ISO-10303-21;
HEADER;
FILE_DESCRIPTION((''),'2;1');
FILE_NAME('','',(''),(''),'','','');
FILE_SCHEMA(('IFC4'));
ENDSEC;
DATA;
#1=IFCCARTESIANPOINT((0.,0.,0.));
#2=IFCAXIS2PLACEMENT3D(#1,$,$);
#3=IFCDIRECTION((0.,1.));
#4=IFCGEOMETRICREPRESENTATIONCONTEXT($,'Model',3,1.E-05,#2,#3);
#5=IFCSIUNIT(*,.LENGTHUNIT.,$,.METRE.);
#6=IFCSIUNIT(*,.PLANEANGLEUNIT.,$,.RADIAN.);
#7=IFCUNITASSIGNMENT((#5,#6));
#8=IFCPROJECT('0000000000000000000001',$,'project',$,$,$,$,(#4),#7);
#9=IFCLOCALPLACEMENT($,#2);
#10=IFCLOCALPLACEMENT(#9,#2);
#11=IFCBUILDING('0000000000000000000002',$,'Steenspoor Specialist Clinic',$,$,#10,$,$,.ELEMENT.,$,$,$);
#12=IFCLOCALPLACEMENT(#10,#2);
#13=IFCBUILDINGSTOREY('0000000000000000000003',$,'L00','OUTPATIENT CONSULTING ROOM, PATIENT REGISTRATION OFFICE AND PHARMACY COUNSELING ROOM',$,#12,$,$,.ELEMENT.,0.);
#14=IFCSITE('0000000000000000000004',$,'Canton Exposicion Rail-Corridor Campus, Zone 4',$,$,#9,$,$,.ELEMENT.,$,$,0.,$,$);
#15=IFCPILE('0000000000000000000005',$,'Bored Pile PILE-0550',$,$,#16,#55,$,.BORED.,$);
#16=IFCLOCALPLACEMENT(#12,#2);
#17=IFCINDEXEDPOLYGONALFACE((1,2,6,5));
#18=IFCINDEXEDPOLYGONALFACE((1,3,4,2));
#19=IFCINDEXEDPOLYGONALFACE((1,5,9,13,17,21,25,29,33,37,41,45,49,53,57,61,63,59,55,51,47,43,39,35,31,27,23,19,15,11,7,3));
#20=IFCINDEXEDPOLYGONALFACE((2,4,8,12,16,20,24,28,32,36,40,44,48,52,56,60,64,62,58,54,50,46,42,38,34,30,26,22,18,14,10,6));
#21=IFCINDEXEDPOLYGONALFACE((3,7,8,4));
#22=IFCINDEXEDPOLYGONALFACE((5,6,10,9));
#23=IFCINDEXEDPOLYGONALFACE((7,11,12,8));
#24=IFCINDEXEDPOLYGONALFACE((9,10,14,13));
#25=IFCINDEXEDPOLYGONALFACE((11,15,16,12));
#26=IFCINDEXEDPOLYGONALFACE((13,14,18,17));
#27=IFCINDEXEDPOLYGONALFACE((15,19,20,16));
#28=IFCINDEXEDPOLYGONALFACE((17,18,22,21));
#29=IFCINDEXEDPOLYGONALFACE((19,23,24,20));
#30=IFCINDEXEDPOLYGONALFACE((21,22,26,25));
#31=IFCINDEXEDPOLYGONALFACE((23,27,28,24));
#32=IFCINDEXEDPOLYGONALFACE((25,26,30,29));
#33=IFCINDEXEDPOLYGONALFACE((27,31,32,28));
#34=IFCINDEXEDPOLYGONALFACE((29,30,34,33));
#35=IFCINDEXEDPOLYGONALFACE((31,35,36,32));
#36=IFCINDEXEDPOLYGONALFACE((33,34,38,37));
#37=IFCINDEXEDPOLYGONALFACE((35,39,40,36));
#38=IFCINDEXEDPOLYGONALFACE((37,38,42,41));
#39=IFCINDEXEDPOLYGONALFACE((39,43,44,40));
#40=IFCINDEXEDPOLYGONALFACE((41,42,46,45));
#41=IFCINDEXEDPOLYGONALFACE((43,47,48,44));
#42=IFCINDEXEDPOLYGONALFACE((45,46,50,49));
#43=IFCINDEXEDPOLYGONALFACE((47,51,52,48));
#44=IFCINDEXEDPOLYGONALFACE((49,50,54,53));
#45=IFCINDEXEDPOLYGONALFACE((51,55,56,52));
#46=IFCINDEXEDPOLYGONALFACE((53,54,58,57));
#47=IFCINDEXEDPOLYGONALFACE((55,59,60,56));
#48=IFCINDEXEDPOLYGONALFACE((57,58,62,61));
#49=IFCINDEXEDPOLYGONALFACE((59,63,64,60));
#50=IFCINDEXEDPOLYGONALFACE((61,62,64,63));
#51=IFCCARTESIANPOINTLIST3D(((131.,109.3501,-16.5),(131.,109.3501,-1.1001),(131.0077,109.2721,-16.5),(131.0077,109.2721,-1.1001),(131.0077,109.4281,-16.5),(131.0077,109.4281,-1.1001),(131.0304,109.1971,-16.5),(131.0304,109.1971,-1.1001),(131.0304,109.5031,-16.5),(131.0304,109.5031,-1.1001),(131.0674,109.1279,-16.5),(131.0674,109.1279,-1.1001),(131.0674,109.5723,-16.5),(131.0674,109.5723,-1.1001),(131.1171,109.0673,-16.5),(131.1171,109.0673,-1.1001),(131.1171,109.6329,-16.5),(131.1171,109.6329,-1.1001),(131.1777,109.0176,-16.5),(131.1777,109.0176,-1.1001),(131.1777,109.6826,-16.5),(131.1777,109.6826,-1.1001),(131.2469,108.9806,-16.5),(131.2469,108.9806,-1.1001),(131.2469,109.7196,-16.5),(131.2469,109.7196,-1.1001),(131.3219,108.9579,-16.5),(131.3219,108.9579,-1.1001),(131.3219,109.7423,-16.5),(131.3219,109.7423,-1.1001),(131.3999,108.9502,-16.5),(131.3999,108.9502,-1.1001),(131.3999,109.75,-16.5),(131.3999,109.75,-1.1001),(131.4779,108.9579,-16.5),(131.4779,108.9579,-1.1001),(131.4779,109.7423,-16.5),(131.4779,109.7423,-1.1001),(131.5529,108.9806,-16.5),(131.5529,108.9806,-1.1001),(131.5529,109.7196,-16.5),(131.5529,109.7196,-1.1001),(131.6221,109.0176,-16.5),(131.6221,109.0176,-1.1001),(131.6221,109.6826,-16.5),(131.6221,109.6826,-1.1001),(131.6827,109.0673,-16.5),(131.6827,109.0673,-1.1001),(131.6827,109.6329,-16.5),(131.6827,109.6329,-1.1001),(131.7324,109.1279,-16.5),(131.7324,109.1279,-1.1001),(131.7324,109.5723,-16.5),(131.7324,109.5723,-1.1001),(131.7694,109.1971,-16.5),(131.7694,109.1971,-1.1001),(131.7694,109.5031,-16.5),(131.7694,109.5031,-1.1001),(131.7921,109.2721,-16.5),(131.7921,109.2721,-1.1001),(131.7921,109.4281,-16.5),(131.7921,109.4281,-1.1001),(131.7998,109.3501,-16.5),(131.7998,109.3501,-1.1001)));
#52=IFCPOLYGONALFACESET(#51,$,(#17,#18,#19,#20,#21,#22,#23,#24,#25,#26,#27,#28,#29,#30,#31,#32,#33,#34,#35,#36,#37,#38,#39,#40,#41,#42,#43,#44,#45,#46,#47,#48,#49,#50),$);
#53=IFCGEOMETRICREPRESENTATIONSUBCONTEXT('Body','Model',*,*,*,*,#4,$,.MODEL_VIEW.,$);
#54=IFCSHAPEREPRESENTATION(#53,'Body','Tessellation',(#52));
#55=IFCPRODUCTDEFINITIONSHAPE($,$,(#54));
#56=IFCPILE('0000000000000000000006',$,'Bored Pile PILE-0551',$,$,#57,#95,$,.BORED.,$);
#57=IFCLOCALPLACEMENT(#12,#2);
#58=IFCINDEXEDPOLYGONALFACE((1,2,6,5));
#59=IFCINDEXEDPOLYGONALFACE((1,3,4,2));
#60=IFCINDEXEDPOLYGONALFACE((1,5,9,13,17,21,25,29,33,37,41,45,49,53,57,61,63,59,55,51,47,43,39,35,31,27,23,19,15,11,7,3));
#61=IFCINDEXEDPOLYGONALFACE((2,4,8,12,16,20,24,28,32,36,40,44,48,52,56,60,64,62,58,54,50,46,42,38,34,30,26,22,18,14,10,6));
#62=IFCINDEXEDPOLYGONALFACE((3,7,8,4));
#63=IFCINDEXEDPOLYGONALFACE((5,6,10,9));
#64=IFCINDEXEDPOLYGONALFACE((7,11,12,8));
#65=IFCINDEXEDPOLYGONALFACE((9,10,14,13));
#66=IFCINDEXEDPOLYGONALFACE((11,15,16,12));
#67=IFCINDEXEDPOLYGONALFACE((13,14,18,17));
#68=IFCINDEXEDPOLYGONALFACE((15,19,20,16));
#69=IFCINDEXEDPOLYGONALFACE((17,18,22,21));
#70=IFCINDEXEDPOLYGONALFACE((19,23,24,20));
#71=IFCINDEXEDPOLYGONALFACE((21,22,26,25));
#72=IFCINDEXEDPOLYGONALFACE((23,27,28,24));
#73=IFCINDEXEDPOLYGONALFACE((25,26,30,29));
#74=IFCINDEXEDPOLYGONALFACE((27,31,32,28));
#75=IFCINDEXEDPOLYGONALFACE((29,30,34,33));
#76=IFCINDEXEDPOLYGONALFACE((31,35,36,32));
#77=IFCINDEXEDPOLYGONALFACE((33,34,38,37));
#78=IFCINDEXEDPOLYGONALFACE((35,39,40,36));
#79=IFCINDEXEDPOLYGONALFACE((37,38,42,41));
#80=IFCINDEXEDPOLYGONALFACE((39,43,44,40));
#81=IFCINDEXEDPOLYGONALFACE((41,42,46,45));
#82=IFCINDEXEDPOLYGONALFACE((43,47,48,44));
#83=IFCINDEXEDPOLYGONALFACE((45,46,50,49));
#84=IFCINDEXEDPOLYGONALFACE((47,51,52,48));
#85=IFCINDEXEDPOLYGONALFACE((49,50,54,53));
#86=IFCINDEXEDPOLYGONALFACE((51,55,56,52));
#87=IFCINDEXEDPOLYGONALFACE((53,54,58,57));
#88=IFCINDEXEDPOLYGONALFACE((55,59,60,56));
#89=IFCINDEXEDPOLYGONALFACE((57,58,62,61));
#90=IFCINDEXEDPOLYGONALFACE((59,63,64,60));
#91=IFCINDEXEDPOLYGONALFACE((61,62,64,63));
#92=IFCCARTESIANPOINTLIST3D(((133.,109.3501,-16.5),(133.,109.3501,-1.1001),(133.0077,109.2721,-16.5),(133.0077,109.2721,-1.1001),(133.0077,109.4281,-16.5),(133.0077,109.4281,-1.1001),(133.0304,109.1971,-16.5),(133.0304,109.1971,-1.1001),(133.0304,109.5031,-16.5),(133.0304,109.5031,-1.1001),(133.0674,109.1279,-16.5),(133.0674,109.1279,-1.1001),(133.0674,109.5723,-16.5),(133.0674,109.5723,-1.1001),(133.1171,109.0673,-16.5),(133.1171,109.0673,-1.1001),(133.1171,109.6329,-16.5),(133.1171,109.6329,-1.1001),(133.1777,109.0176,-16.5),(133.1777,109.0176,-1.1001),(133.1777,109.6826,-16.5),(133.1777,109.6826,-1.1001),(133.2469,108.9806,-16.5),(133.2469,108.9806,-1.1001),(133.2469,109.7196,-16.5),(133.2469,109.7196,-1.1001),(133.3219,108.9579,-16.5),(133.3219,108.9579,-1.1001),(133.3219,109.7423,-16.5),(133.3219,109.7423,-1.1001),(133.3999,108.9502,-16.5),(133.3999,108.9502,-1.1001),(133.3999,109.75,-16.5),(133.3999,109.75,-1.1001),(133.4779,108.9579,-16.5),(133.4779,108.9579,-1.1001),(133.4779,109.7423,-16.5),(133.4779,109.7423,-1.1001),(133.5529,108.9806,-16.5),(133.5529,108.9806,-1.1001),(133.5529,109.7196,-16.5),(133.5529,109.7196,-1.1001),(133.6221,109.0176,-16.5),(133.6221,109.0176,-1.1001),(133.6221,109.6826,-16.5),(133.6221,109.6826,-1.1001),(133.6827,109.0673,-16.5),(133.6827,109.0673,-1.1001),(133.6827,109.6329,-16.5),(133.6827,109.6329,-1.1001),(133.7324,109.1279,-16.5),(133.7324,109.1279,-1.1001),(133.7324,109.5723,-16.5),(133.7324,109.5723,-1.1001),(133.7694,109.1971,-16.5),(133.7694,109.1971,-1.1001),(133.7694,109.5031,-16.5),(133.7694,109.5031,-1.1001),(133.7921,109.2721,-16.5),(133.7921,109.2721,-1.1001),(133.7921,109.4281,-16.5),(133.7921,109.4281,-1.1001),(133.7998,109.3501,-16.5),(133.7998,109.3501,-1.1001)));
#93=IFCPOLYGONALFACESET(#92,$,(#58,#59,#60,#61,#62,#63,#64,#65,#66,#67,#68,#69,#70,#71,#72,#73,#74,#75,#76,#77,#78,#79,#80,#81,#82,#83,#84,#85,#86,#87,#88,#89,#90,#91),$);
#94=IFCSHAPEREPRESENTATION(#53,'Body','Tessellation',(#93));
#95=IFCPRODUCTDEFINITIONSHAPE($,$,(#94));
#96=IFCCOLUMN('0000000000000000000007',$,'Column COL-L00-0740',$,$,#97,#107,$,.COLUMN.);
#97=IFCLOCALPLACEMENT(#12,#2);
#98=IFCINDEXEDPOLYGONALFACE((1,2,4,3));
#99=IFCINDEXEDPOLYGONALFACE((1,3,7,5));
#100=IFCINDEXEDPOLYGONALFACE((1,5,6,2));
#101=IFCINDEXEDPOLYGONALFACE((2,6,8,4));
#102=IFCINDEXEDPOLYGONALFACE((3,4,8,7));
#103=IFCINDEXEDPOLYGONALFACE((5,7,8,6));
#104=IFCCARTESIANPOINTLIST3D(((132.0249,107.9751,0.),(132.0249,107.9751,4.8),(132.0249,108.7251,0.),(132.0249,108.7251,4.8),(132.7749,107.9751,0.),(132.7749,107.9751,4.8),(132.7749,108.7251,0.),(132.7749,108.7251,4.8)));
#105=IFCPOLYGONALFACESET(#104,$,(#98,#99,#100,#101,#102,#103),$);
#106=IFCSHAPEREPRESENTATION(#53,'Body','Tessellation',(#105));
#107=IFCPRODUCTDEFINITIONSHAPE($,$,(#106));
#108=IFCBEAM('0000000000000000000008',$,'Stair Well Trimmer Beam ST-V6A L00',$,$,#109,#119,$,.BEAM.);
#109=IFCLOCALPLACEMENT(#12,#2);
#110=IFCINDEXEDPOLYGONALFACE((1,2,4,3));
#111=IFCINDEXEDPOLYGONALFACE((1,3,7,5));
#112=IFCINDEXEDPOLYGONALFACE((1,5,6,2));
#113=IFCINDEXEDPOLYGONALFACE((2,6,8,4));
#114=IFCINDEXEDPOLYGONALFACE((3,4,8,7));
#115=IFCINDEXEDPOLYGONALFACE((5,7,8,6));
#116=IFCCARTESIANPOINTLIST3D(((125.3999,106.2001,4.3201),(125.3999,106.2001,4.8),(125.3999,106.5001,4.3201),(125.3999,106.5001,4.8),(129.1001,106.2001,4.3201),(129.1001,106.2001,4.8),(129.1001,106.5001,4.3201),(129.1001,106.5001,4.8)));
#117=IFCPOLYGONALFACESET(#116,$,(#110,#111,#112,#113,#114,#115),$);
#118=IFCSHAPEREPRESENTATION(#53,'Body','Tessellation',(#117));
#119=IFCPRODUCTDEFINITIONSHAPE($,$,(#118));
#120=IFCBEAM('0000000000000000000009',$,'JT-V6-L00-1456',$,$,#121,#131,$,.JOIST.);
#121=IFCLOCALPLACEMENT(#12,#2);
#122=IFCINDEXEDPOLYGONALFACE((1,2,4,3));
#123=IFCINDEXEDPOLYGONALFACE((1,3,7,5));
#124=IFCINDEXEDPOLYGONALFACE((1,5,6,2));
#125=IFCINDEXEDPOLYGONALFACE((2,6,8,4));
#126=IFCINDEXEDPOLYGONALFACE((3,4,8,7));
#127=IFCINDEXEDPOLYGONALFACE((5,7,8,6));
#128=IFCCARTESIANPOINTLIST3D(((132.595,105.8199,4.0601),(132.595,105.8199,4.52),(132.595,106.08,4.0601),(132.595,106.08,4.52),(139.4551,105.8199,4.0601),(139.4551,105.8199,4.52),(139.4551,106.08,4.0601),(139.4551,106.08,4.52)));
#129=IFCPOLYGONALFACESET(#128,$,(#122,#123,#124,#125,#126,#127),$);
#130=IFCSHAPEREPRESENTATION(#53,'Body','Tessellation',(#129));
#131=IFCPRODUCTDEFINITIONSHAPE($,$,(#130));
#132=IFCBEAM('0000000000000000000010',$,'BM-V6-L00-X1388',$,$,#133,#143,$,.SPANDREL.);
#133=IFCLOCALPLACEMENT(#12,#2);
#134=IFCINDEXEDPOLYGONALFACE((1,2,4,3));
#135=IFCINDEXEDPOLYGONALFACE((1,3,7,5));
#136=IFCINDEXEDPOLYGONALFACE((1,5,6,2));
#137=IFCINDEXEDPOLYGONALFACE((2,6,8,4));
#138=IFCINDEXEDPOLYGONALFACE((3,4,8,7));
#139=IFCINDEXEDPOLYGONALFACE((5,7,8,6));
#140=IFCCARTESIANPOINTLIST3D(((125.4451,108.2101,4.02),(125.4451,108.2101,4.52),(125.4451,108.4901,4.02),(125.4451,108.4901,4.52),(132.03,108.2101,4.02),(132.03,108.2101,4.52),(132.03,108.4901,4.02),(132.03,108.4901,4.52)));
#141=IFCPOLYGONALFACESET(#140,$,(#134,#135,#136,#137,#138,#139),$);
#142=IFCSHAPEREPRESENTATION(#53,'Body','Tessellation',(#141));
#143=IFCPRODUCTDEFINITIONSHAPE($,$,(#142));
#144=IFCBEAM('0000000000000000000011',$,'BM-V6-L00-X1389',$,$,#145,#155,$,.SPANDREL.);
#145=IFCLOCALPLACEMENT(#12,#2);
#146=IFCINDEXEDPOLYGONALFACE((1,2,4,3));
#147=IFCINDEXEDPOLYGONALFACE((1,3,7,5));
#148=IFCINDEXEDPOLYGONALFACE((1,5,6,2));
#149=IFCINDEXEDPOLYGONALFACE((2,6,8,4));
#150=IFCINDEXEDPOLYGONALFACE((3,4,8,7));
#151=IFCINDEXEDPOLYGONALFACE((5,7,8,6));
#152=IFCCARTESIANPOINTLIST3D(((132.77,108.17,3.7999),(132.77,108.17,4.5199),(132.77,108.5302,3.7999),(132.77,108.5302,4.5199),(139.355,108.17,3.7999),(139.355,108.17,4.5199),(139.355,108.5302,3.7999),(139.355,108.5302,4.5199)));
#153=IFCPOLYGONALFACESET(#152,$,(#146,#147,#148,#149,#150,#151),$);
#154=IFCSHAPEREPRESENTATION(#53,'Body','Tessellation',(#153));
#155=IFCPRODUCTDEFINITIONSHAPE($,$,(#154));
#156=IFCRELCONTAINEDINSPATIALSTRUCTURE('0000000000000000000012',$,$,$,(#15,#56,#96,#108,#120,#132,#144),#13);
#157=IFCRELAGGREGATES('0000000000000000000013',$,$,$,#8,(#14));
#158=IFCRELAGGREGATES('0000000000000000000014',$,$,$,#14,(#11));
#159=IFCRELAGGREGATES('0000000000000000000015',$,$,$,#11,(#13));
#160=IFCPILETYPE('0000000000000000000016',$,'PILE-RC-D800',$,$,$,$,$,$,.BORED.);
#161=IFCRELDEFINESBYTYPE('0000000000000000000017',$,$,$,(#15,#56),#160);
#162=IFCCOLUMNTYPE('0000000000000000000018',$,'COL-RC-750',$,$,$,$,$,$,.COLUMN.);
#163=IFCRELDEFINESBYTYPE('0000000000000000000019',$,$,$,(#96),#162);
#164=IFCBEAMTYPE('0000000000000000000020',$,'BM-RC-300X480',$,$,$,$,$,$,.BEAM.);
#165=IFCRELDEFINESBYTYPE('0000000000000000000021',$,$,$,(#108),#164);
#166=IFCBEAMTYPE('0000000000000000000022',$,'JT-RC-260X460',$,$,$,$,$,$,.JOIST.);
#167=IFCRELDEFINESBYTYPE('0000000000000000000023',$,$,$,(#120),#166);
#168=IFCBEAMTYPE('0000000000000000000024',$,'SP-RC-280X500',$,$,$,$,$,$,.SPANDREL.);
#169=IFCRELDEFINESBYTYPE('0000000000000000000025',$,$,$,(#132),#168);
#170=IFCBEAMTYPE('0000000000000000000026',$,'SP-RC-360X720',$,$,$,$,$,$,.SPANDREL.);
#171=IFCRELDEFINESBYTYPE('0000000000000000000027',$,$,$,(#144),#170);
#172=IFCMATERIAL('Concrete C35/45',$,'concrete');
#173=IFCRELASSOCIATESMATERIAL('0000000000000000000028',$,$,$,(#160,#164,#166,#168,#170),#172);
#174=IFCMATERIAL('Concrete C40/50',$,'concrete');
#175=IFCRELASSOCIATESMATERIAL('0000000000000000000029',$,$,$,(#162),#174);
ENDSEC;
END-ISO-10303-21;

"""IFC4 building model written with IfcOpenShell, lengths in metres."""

from ifc_helpers import new_model, si_unit, direction, frame, origin, origin_2d, place, context, subcontext, project, spatial, rectangle, circle, extrude, material, material_profile, profile_set, type_object, element, save


model = new_model("IFC4")

# Units and contexts
model_context = context("Model", 3, precision=1e-05, world=origin(), true_north=direction((0.0, 1.0)))
body_context = subcontext(model_context, "Body", "Model", "MODEL_VIEW")
ifc_project = project(units=[si_unit("LENGTHUNIT", "METRE"), si_unit("PLANEANGLEUNIT", "RADIAN")], contexts=[model_context])

# Site, building, storey
site_placement = place(None, origin())
site = spatial("IfcSite", under=ifc_project, at=site_placement, Name="Canton Exposicion Rail-Corridor Campus, Zone 4", CompositionType="ELEMENT", RefElevation=0.0)
building_placement = place(site_placement, origin())
building = spatial("IfcBuilding", under=site, at=building_placement, Name="Steenspoor Specialist Clinic", CompositionType="ELEMENT")
storey_placement = place(building_placement, origin())
storey = spatial("IfcBuildingStorey", under=building, at=storey_placement, Name="L00", Description="OUTPATIENT CONSULTING ROOM, PATIENT REGISTRATION OFFICE AND PHARMACY COUNSELING ROOM", CompositionType="ELEMENT", Elevation=0.0)

# Shared definitions
ifc_material_1 = material(Name="Concrete C35/45", Category="concrete")

# Piles
ifc_material_profile_1 = material_profile(ifc_material_1, circle(Radius=0.3999, at=origin_2d()), Name="PILE-D800")
ifc_profile_set_1 = profile_set([ifc_material_profile_1], Name="Concrete C35/45")
pile_type_1 = type_object("IfcPileType", Name="PILE-RC-D800", PredefinedType="BORED", material=ifc_profile_set_1)
for number, where, z_axis, x_axis, name in (
    (1, (131.3999, 109.3501, -1.1001), (0.0, 0.0, -1.0), (1.0, 0.0, 0.0), "Bored Pile PILE-0550"),
    (2, (133.3999, 109.3501, -1.1001), (0.0, 0.0, -1.0), (1.0, 0.0, 0.0), "Bored Pile PILE-0551"),
):
    element("IfcPile", number, at=place(storey_placement, frame(where, z_axis=z_axis, x_axis=x_axis)), inside=storey, type_object=pile_type_1, Name=name, PredefinedType="BORED", context=body_context, shape_type="SweptSolid", body=[
        extrude(circle(Radius=0.3999, at=origin_2d()), origin(), (0.0, 0.0, 1.0), 15.3999),
    ])

# Column
ifc_material_2 = material(Name="Concrete C40/50", Category="concrete")
ifc_material_profile_2 = material_profile(ifc_material_2, rectangle(XDim=0.75, YDim=0.75, at=origin_2d()), Name="RC-COL-750X750")
ifc_profile_set_2 = profile_set([ifc_material_profile_2], Name="Concrete C40/50")
column_type = type_object("IfcColumnType", Name="COL-RC-750", PredefinedType="COLUMN", material=ifc_profile_set_2)
column_placement = place(storey_placement, frame((132.3999, 108.3501, 0.0), z_axis=(0.0, 0.0, 1.0), x_axis=(1.0, 0.0, 0.0)))
element("IfcColumn", 3, at=column_placement, inside=storey, type_object=column_type, Name="Column COL-L00-0740", PredefinedType="COLUMN", context=body_context, shape_type="SweptSolid", body=[
    extrude(rectangle(XDim=0.75, YDim=0.75, at=origin_2d()), origin(), (0.0, 0.0, 1.0), 4.8),
])

# Beams
ifc_material_profile_3 = material_profile(ifc_material_1, rectangle(XDim=0.3, YDim=0.48, at=origin_2d()), Name="RC-BM-300X480")
ifc_profile_set_3 = profile_set([ifc_material_profile_3], Name="Concrete C35/45")
beam_type_1 = type_object("IfcBeamType", Name="BM-RC-300X480", PredefinedType="BEAM", material=ifc_profile_set_3)
beam_1_placement = place(storey_placement, frame((125.3999, 106.3501, 4.5601), z_axis=(1.0, 0.0, 0.0), x_axis=(0.0, 1.0, 0.0)))
element("IfcBeam", 4, at=beam_1_placement, inside=storey, type_object=beam_type_1, Name="Stair Well Trimmer Beam ST-V6A L00", PredefinedType="BEAM", context=body_context, shape_type="SweptSolid", body=[
    extrude(rectangle(XDim=0.3, YDim=0.48, at=origin_2d()), origin(), (0.0, 0.0, 1.0), 3.7002),
])
ifc_material_profile_4 = material_profile(ifc_material_1, rectangle(XDim=0.26, YDim=0.46, at=origin_2d()), Name="RC-JT-260X460")
ifc_profile_set_4 = profile_set([ifc_material_profile_4], Name="Concrete C35/45")
beam_type_2 = type_object("IfcBeamType", Name="JT-RC-260X460", PredefinedType="JOIST", material=ifc_profile_set_4)
beam_2_placement = place(storey_placement, frame((132.595, 105.95, 4.29), z_axis=(1.0, 0.0, 0.0), x_axis=(0.0, 1.0, 0.0)))
element("IfcBeam", 5, at=beam_2_placement, inside=storey, type_object=beam_type_2, Name="JT-V6-L00-1456", PredefinedType="JOIST", context=body_context, shape_type="SweptSolid", body=[
    extrude(rectangle(XDim=0.26, YDim=0.46, at=origin_2d()), origin(), (0.0, 0.0, 1.0), 6.8601),
])
ifc_material_profile_5 = material_profile(ifc_material_1, rectangle(XDim=0.28, YDim=0.5, at=origin_2d()), Name="RC-SP-280X500")
ifc_profile_set_5 = profile_set([ifc_material_profile_5], Name="Concrete C35/45")
beam_type_3 = type_object("IfcBeamType", Name="SP-RC-280X500", PredefinedType="SPANDREL", material=ifc_profile_set_5)
beam_3_placement = place(storey_placement, frame((125.4451, 108.3501, 4.27), z_axis=(1.0, 0.0, 0.0), x_axis=(0.0, 1.0, 0.0)))
element("IfcBeam", 6, at=beam_3_placement, inside=storey, type_object=beam_type_3, Name="BM-V6-L00-X1388", PredefinedType="SPANDREL", context=body_context, shape_type="SweptSolid", body=[
    extrude(rectangle(XDim=0.28, YDim=0.5, at=origin_2d()), origin(), (0.0, 0.0, 1.0), 6.585),
])
ifc_material_profile_6 = material_profile(ifc_material_1, rectangle(XDim=0.3601, YDim=0.72, at=origin_2d()), Name="RC-SP-360X720")
ifc_profile_set_6 = profile_set([ifc_material_profile_6], Name="Concrete C35/45")
beam_type_4 = type_object("IfcBeamType", Name="SP-RC-360X720", PredefinedType="SPANDREL", material=ifc_profile_set_6)
beam_4_placement = place(storey_placement, frame((132.77, 108.3501, 4.1599), z_axis=(1.0, 0.0, 0.0), x_axis=(0.0, 1.0, 0.0)))
element("IfcBeam", 7, at=beam_4_placement, inside=storey, type_object=beam_type_4, Name="BM-V6-L00-X1389", PredefinedType="SPANDREL", context=body_context, shape_type="SweptSolid", body=[
    extrude(rectangle(XDim=0.3601, YDim=0.72, at=origin_2d()), origin(), (0.0, 0.0, 1.0), 6.585),
])

save(model, "model.ifc")
